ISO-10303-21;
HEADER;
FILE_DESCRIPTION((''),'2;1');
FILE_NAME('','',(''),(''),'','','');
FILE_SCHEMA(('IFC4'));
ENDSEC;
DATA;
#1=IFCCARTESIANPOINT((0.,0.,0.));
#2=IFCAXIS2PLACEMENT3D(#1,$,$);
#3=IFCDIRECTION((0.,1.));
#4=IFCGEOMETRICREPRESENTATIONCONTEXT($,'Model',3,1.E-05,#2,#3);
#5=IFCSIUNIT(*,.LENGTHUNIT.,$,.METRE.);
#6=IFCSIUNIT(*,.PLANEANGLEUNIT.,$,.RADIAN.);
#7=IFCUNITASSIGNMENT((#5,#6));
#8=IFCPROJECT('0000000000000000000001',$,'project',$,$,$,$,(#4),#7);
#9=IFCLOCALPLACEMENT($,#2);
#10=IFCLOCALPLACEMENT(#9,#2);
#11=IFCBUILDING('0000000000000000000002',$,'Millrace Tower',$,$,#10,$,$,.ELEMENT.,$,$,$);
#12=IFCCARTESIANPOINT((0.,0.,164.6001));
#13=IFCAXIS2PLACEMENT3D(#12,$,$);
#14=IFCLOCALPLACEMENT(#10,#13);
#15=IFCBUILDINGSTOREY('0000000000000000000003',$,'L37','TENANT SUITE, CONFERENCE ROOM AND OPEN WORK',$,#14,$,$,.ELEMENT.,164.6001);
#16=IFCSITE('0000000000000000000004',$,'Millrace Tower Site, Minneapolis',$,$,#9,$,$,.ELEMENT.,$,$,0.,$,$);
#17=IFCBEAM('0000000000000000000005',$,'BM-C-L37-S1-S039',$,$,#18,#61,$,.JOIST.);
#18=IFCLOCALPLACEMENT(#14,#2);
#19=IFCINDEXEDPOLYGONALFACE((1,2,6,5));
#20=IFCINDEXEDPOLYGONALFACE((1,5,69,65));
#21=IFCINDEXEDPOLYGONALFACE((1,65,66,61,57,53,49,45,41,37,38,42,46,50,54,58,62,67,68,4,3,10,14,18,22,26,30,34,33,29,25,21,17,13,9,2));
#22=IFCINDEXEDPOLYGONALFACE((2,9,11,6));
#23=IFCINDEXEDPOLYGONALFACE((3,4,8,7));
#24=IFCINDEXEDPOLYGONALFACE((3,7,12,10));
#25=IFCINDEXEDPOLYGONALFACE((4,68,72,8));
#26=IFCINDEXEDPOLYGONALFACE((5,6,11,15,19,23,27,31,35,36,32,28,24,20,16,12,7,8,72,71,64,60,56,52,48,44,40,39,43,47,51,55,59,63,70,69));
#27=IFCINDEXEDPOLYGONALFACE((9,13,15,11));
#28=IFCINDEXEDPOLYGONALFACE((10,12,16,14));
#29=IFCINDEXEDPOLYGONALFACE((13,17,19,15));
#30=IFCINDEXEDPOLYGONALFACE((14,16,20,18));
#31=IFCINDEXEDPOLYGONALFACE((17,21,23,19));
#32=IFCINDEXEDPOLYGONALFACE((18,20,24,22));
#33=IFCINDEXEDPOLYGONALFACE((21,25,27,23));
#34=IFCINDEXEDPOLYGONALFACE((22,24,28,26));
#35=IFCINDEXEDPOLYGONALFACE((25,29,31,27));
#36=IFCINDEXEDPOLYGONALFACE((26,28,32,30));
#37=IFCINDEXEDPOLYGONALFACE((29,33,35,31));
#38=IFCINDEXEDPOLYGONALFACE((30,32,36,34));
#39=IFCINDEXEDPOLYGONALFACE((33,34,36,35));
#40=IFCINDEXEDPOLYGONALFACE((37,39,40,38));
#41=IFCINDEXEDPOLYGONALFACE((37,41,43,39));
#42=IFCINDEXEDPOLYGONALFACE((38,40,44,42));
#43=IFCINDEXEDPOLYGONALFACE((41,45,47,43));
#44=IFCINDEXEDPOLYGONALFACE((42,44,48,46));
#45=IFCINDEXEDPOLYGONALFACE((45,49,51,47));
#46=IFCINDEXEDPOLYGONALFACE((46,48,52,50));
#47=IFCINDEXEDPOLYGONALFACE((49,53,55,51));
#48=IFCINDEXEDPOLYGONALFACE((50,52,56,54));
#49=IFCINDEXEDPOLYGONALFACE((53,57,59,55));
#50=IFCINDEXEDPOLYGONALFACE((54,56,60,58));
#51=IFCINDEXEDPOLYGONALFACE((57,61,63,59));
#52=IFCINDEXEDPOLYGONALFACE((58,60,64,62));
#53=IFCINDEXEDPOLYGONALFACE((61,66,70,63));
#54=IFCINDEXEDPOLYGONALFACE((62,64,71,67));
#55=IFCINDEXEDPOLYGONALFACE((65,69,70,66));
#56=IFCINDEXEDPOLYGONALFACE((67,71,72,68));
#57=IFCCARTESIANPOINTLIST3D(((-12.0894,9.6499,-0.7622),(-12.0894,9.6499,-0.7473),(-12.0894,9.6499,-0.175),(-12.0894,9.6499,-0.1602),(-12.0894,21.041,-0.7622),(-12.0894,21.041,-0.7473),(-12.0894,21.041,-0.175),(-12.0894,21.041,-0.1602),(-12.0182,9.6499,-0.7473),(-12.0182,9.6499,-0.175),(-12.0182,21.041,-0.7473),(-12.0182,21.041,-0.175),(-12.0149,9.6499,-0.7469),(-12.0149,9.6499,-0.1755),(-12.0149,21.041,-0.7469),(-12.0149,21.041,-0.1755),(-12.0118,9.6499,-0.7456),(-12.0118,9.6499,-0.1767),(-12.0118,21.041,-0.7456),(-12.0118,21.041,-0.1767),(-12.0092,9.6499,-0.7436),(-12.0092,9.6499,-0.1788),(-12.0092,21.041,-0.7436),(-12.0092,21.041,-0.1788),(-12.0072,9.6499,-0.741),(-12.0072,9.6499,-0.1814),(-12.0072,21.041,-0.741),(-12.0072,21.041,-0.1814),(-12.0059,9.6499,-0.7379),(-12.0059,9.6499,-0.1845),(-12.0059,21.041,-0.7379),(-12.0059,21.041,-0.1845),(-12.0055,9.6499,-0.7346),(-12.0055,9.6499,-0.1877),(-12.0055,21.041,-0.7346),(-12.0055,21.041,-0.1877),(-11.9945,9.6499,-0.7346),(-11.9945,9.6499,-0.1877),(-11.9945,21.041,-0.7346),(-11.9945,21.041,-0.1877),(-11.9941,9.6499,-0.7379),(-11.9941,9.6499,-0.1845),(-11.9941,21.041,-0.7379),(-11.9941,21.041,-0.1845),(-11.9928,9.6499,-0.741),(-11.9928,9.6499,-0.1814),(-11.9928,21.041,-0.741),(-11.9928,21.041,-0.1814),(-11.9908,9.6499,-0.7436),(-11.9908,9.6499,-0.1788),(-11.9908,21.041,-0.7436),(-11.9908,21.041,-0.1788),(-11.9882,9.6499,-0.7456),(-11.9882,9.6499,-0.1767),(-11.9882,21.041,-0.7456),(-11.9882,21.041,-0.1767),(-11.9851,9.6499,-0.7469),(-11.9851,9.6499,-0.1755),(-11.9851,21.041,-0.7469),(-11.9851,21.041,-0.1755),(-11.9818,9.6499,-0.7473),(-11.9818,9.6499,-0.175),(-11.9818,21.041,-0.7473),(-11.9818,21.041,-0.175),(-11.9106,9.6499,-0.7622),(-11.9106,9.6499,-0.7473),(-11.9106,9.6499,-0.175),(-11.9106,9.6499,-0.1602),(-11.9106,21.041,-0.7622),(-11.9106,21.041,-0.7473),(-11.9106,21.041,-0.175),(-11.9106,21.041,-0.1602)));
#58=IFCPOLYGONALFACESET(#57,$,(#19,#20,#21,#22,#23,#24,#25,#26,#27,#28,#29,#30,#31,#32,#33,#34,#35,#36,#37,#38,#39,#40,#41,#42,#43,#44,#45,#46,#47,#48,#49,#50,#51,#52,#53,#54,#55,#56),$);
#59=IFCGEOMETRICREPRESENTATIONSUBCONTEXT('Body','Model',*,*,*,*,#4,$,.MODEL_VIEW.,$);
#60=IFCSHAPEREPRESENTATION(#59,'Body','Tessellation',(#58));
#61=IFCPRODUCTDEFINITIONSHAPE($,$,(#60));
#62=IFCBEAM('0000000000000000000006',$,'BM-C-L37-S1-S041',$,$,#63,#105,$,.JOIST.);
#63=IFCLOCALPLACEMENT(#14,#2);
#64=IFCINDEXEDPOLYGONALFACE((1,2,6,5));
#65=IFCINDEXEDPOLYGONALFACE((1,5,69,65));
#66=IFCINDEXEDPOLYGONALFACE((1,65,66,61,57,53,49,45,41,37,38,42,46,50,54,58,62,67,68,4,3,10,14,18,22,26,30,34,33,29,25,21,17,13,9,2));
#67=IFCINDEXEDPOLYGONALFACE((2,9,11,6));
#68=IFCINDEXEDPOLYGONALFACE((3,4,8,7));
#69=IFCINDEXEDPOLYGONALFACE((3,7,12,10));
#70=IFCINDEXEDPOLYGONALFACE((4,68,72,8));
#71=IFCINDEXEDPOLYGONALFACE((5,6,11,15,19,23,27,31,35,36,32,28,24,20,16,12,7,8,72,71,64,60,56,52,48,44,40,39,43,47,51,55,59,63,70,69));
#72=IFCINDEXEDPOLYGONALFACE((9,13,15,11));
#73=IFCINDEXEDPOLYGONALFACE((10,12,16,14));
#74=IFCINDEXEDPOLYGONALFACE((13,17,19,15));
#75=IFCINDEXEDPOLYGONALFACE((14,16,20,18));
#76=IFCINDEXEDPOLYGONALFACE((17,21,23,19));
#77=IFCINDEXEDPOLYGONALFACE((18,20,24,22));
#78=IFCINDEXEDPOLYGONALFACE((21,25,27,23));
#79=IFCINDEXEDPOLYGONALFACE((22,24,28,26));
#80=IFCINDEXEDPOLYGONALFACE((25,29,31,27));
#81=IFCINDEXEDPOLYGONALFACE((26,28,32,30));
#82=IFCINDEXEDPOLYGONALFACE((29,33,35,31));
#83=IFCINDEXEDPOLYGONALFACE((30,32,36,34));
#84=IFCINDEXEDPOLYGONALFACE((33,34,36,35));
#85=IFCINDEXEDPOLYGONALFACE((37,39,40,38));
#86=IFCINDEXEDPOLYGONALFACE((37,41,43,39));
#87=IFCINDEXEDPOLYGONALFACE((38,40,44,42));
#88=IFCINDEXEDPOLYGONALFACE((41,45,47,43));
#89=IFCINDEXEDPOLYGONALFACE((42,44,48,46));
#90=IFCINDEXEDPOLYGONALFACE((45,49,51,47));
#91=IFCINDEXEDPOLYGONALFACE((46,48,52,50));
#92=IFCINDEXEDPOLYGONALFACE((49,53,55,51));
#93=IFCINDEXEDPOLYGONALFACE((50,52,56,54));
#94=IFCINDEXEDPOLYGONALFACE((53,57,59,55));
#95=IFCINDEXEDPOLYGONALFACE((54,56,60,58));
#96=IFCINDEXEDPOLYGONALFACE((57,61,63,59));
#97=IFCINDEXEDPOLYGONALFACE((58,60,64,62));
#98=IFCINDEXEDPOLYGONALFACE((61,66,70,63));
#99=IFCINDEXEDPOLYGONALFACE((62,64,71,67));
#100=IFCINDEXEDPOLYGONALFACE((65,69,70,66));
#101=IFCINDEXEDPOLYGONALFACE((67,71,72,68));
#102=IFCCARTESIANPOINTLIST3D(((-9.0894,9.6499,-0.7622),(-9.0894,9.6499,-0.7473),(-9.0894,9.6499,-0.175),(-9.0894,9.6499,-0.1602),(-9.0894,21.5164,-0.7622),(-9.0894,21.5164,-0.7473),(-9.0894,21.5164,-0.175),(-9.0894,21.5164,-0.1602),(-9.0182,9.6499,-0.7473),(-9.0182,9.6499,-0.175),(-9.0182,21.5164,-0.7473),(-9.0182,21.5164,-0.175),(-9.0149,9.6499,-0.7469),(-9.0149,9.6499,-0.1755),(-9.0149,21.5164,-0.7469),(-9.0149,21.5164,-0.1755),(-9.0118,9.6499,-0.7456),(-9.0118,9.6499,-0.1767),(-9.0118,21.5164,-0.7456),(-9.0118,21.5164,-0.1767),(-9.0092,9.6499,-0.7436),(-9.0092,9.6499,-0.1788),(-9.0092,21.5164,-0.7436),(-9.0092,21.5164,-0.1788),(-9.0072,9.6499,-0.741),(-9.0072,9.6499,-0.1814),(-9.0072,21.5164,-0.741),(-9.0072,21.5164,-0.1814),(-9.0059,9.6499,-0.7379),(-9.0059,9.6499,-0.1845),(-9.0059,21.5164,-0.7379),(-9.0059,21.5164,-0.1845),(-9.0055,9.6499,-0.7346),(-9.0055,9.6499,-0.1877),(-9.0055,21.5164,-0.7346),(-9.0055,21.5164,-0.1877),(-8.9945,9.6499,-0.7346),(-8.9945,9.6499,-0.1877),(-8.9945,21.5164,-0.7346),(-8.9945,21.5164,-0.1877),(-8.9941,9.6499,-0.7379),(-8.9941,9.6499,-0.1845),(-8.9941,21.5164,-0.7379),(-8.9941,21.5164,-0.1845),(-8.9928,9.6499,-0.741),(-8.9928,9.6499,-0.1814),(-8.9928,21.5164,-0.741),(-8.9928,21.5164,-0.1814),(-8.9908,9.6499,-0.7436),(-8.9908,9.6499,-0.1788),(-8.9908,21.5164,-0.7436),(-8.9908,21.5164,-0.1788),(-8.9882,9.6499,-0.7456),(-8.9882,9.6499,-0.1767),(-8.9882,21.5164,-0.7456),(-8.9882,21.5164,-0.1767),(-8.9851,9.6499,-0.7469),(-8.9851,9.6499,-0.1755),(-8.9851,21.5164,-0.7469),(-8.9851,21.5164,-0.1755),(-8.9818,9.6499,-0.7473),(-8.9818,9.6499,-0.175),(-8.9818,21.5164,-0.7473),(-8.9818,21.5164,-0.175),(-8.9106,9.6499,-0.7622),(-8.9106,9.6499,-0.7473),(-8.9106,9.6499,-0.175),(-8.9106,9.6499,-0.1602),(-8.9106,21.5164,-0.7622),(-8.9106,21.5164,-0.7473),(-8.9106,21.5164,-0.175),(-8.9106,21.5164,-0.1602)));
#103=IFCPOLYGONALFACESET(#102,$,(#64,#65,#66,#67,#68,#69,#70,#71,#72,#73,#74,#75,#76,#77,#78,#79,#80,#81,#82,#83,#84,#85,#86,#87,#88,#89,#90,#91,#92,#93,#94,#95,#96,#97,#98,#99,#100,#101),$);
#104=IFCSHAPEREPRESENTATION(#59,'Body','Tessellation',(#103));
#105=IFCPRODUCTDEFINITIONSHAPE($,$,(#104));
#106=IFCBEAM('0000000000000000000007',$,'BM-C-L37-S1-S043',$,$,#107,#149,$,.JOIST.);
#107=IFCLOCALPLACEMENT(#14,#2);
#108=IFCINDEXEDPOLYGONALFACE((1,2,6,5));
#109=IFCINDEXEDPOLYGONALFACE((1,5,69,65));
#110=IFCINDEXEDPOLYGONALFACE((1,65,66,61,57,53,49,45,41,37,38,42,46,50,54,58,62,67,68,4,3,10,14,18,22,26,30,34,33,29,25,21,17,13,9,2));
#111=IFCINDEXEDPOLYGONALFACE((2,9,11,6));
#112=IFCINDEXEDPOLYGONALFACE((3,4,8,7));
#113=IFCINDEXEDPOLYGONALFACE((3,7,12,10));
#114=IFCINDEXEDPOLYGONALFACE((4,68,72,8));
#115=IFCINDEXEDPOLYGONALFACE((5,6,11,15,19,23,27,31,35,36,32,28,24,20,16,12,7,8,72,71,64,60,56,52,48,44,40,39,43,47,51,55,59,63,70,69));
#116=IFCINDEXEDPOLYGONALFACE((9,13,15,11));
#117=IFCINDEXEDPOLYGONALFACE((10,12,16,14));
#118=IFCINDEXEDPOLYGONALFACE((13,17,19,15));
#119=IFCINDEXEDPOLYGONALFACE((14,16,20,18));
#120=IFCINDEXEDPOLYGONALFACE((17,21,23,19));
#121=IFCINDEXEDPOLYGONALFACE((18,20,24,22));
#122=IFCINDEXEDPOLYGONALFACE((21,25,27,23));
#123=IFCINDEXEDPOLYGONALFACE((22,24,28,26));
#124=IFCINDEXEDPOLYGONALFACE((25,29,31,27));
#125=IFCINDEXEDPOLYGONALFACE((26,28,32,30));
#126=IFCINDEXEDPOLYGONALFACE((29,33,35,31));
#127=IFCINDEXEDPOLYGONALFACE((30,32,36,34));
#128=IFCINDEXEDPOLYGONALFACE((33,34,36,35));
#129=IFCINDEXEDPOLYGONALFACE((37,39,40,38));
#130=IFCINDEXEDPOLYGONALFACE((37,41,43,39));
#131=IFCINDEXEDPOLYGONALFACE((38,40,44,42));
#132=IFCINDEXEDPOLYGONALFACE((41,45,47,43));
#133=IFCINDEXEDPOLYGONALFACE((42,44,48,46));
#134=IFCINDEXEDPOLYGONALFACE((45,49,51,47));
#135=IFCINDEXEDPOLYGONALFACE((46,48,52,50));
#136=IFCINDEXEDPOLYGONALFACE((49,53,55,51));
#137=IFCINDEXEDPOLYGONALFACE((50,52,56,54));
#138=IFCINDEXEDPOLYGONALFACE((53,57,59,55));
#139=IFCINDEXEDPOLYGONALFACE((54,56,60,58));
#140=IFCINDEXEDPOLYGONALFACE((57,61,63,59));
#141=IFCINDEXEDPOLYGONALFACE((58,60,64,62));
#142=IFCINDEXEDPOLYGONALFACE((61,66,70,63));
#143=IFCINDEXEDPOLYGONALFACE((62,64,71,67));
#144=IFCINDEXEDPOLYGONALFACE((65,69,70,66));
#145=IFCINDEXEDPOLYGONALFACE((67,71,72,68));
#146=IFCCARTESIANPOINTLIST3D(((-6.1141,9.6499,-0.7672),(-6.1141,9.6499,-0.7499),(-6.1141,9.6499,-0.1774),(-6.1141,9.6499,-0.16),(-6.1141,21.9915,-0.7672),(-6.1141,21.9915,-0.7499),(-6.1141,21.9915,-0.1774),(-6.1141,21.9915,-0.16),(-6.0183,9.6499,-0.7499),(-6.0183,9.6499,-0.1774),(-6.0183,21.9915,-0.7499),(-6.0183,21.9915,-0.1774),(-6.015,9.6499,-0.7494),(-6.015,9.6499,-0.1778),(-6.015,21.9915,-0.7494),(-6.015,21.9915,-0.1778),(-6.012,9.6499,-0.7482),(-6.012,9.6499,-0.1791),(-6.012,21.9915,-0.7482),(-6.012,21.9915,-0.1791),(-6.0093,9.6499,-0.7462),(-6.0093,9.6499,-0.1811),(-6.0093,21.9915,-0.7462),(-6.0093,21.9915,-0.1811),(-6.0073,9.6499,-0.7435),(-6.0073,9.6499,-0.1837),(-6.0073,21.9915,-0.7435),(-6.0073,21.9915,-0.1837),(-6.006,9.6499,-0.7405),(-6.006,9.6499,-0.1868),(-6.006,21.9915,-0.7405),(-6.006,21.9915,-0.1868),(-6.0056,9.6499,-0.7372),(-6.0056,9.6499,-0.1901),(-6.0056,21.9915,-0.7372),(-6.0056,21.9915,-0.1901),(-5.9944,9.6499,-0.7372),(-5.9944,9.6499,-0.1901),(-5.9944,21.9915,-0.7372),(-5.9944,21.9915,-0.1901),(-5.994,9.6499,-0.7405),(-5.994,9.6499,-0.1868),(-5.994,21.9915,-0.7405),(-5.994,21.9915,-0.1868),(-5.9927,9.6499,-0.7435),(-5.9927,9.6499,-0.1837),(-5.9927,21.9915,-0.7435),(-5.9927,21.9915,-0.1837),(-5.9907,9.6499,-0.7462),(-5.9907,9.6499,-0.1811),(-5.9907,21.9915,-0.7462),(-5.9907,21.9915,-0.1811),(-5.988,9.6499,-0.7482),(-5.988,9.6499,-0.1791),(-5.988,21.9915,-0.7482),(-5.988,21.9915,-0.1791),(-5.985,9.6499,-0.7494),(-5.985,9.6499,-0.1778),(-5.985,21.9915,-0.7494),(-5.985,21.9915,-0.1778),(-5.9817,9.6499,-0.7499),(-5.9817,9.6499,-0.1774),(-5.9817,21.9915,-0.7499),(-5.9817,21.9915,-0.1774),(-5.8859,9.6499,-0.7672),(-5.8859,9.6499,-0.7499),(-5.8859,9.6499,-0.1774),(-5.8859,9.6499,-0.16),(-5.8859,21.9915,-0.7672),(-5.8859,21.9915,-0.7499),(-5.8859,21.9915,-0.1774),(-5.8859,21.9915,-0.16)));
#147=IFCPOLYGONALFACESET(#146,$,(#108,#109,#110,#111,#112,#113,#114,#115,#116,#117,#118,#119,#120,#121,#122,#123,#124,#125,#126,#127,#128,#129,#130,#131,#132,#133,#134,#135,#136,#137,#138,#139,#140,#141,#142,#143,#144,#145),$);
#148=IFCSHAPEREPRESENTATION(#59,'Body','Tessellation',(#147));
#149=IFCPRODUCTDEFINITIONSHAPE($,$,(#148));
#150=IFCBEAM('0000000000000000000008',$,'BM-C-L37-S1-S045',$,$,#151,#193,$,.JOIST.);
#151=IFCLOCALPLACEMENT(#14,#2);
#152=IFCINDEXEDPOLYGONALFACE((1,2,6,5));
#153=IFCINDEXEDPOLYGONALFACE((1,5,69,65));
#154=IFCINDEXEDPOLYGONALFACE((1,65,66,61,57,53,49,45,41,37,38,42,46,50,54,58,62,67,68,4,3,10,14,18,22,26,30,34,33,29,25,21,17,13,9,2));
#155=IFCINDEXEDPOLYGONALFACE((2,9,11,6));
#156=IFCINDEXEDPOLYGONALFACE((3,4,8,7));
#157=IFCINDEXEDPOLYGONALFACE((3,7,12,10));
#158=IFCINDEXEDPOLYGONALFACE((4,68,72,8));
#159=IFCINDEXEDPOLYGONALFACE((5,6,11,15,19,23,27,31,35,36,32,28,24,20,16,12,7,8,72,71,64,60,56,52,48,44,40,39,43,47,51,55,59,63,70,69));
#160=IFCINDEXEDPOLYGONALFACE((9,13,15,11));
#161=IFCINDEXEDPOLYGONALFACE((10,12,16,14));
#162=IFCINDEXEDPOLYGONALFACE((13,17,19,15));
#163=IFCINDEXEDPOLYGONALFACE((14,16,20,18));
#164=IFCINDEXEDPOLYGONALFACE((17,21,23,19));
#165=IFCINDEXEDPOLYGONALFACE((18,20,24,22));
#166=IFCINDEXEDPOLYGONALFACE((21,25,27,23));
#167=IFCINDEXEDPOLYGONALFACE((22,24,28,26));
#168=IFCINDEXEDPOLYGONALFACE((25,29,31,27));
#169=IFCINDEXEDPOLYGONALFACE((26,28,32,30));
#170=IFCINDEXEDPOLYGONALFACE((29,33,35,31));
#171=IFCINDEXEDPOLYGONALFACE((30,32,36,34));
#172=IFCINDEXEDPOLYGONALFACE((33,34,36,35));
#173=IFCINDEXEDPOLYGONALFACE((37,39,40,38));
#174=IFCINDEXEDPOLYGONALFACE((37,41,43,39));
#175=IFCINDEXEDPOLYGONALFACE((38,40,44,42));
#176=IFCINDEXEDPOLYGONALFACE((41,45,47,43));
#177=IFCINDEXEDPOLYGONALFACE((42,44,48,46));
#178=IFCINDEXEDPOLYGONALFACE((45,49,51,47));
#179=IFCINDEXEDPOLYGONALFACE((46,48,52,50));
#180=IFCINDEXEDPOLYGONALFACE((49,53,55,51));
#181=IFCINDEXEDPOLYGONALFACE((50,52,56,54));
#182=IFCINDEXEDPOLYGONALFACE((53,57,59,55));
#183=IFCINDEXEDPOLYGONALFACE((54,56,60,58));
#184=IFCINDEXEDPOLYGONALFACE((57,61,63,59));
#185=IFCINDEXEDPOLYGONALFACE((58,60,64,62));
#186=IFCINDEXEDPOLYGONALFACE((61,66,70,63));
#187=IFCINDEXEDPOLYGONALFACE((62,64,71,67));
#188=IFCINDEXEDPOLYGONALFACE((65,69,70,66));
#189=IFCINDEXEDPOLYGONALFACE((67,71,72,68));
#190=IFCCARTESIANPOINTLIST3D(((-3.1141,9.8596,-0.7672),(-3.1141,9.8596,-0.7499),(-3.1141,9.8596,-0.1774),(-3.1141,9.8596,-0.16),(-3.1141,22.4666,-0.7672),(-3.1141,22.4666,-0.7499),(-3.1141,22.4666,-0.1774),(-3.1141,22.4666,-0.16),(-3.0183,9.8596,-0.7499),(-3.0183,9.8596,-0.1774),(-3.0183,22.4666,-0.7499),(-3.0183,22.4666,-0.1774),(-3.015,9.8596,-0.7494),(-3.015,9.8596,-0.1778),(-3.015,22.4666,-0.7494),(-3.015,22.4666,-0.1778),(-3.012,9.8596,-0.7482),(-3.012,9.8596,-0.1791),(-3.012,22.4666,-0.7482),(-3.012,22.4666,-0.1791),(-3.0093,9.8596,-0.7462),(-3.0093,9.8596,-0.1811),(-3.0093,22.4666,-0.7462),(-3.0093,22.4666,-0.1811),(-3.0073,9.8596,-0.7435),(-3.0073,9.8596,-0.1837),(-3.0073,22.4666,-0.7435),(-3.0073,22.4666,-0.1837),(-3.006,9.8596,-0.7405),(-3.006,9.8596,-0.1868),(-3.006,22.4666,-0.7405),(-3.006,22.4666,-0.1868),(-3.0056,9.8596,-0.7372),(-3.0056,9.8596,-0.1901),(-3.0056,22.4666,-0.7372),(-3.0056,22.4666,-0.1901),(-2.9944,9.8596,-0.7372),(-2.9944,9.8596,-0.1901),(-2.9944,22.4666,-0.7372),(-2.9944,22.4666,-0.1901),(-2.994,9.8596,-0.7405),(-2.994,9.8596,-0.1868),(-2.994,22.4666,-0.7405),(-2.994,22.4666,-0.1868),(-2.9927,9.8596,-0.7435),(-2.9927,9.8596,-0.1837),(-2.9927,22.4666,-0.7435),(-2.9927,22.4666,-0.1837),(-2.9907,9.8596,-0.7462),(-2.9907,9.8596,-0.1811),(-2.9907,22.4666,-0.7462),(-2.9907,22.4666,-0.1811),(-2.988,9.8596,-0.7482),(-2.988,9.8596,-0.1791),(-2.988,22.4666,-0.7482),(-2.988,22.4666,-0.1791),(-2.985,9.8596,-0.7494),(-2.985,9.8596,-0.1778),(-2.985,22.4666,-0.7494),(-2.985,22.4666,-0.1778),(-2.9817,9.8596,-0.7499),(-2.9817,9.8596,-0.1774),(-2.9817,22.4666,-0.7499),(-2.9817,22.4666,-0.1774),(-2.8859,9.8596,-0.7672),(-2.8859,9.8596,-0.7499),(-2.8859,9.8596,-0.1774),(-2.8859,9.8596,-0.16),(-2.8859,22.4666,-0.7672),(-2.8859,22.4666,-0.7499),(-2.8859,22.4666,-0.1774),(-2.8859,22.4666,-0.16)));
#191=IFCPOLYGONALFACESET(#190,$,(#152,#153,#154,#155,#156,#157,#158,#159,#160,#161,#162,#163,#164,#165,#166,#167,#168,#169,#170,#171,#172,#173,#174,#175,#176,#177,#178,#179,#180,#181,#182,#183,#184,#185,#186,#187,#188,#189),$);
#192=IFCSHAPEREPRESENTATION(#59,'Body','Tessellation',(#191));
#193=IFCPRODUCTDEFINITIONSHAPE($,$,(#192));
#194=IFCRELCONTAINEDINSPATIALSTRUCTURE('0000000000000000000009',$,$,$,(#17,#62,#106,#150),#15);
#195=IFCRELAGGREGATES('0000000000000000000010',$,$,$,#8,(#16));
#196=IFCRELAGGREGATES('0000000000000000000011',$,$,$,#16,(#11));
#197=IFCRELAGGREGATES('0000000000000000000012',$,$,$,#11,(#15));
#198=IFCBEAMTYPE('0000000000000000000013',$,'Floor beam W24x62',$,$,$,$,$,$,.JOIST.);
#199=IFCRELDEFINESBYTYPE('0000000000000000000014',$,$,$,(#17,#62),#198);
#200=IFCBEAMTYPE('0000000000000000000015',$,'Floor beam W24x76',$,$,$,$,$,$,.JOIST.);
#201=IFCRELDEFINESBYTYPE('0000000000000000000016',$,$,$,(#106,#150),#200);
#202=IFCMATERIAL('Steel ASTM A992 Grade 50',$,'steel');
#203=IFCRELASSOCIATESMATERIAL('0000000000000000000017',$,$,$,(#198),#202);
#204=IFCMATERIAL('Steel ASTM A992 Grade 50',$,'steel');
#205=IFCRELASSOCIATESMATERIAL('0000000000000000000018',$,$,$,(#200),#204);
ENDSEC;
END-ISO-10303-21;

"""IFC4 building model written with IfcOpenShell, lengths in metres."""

from ifc_helpers import new_model, si_unit, direction, frame, origin, origin_2d, place, context, subcontext, project, spatial, i_section, extrude, material, material_profile, profile_set, type_object, element, save


model = new_model("IFC4")

# Units and contexts
model_context = context("Model", 3, precision=1e-05, world=origin(), true_north=direction((0.0, 1.0)))
body_context = subcontext(model_context, "Body", "Model", "MODEL_VIEW")
ifc_project = project(units=[si_unit("LENGTHUNIT", "METRE"), si_unit("PLANEANGLEUNIT", "RADIAN")], contexts=[model_context])

# Site, building, storey
site_placement = place(None, origin())
site = spatial("IfcSite", under=ifc_project, at=site_placement, Name="Millrace Tower Site, Minneapolis", CompositionType="ELEMENT", RefElevation=0.0)
building_placement = place(site_placement, origin())
building = spatial("IfcBuilding", under=site, at=building_placement, Name="Millrace Tower", CompositionType="ELEMENT")
storey_placement = place(building_placement, frame((0.0, 0.0, 164.6001)))
storey = spatial("IfcBuildingStorey", under=building, at=storey_placement, Name="L37", Description="TENANT SUITE, CONFERENCE ROOM AND OPEN WORK", CompositionType="ELEMENT", Elevation=164.6001)

# Beams
ifc_material_1 = material(Name="Steel ASTM A992 Grade 50", Category="steel")
ifc_material_profile_1 = material_profile(ifc_material_1, i_section(OverallWidth=0.1787, OverallDepth=0.6021, WebThickness=0.011, FlangeThickness=0.0149, FilletRadius=0.0127, at=origin_2d()))
ifc_profile_set_1 = profile_set([ifc_material_profile_1], Name="Steel ASTM A992 Grade 50")
beam_type_1 = type_object("IfcBeamType", Name="Floor beam W24x62", PredefinedType="JOIST", material=ifc_profile_set_1)
beam_1_placement = place(storey_placement, frame((-12.0, 9.6499, -0.4612), z_axis=(0.0, 1.0, 0.0), x_axis=(-1.0, 0.0, 0.0)))
element("IfcBeam", 1, at=beam_1_placement, inside=storey, type_object=beam_type_1, Name="BM-C-L37-S1-S039", PredefinedType="JOIST", context=body_context, shape_type="SweptSolid", body=[
    extrude(i_section(OverallWidth=0.1787, OverallDepth=0.6021, WebThickness=0.011, FlangeThickness=0.0149, FilletRadius=0.0127, at=origin_2d()), origin(), (0.0, 0.0, 1.0), 11.3911),
])
beam_2_placement = place(storey_placement, frame((-9.0, 9.6499, -0.4612), z_axis=(0.0, 1.0, 0.0), x_axis=(-1.0, 0.0, 0.0)))
element("IfcBeam", 2, at=beam_2_placement, inside=storey, type_object=beam_type_1, Name="BM-C-L37-S1-S041", PredefinedType="JOIST", context=body_context, shape_type="SweptSolid", body=[
    extrude(i_section(OverallWidth=0.1787, OverallDepth=0.6021, WebThickness=0.011, FlangeThickness=0.0149, FilletRadius=0.0127, at=origin_2d()), origin(), (0.0, 0.0, 1.0), 11.8665),
])
ifc_material_2 = material(Name="Steel ASTM A992 Grade 50", Category="steel")
ifc_material_profile_2 = material_profile(ifc_material_2, i_section(OverallWidth=0.2283, OverallDepth=0.6072, WebThickness=0.0112, FlangeThickness=0.0173, FilletRadius=0.0127, at=origin_2d()))
ifc_profile_set_2 = profile_set([ifc_material_profile_2], Name="Steel ASTM A992 Grade 50")
beam_type_2 = type_object("IfcBeamType", Name="Floor beam W24x76", PredefinedType="JOIST", material=ifc_profile_set_2)
beam_3_placement = place(storey_placement, frame((-6.0, 9.6499, -0.4636), z_axis=(0.0, 1.0, 0.0), x_axis=(-1.0, 0.0, 0.0)))
element("IfcBeam", 3, at=beam_3_placement, inside=storey, type_object=beam_type_2, Name="BM-C-L37-S1-S043", PredefinedType="JOIST", context=body_context, shape_type="SweptSolid", body=[
    extrude(i_section(OverallWidth=0.2283, OverallDepth=0.6072, WebThickness=0.0112, FlangeThickness=0.0173, FilletRadius=0.0127, at=origin_2d()), origin(), (0.0, 0.0, 1.0), 12.3416),
])
beam_4_placement = place(storey_placement, frame((-3.0, 9.8596, -0.4636), z_axis=(0.0, 1.0, 0.0), x_axis=(-1.0, 0.0, 0.0)))
element("IfcBeam", 4, at=beam_4_placement, inside=storey, type_object=beam_type_2, Name="BM-C-L37-S1-S045", PredefinedType="JOIST", context=body_context, shape_type="SweptSolid", body=[
    extrude(i_section(OverallWidth=0.2283, OverallDepth=0.6072, WebThickness=0.0112, FlangeThickness=0.0173, FilletRadius=0.0127, at=origin_2d()), origin(), (0.0, 0.0, 1.0), 12.6069),
])

save(model, "model.ifc")
